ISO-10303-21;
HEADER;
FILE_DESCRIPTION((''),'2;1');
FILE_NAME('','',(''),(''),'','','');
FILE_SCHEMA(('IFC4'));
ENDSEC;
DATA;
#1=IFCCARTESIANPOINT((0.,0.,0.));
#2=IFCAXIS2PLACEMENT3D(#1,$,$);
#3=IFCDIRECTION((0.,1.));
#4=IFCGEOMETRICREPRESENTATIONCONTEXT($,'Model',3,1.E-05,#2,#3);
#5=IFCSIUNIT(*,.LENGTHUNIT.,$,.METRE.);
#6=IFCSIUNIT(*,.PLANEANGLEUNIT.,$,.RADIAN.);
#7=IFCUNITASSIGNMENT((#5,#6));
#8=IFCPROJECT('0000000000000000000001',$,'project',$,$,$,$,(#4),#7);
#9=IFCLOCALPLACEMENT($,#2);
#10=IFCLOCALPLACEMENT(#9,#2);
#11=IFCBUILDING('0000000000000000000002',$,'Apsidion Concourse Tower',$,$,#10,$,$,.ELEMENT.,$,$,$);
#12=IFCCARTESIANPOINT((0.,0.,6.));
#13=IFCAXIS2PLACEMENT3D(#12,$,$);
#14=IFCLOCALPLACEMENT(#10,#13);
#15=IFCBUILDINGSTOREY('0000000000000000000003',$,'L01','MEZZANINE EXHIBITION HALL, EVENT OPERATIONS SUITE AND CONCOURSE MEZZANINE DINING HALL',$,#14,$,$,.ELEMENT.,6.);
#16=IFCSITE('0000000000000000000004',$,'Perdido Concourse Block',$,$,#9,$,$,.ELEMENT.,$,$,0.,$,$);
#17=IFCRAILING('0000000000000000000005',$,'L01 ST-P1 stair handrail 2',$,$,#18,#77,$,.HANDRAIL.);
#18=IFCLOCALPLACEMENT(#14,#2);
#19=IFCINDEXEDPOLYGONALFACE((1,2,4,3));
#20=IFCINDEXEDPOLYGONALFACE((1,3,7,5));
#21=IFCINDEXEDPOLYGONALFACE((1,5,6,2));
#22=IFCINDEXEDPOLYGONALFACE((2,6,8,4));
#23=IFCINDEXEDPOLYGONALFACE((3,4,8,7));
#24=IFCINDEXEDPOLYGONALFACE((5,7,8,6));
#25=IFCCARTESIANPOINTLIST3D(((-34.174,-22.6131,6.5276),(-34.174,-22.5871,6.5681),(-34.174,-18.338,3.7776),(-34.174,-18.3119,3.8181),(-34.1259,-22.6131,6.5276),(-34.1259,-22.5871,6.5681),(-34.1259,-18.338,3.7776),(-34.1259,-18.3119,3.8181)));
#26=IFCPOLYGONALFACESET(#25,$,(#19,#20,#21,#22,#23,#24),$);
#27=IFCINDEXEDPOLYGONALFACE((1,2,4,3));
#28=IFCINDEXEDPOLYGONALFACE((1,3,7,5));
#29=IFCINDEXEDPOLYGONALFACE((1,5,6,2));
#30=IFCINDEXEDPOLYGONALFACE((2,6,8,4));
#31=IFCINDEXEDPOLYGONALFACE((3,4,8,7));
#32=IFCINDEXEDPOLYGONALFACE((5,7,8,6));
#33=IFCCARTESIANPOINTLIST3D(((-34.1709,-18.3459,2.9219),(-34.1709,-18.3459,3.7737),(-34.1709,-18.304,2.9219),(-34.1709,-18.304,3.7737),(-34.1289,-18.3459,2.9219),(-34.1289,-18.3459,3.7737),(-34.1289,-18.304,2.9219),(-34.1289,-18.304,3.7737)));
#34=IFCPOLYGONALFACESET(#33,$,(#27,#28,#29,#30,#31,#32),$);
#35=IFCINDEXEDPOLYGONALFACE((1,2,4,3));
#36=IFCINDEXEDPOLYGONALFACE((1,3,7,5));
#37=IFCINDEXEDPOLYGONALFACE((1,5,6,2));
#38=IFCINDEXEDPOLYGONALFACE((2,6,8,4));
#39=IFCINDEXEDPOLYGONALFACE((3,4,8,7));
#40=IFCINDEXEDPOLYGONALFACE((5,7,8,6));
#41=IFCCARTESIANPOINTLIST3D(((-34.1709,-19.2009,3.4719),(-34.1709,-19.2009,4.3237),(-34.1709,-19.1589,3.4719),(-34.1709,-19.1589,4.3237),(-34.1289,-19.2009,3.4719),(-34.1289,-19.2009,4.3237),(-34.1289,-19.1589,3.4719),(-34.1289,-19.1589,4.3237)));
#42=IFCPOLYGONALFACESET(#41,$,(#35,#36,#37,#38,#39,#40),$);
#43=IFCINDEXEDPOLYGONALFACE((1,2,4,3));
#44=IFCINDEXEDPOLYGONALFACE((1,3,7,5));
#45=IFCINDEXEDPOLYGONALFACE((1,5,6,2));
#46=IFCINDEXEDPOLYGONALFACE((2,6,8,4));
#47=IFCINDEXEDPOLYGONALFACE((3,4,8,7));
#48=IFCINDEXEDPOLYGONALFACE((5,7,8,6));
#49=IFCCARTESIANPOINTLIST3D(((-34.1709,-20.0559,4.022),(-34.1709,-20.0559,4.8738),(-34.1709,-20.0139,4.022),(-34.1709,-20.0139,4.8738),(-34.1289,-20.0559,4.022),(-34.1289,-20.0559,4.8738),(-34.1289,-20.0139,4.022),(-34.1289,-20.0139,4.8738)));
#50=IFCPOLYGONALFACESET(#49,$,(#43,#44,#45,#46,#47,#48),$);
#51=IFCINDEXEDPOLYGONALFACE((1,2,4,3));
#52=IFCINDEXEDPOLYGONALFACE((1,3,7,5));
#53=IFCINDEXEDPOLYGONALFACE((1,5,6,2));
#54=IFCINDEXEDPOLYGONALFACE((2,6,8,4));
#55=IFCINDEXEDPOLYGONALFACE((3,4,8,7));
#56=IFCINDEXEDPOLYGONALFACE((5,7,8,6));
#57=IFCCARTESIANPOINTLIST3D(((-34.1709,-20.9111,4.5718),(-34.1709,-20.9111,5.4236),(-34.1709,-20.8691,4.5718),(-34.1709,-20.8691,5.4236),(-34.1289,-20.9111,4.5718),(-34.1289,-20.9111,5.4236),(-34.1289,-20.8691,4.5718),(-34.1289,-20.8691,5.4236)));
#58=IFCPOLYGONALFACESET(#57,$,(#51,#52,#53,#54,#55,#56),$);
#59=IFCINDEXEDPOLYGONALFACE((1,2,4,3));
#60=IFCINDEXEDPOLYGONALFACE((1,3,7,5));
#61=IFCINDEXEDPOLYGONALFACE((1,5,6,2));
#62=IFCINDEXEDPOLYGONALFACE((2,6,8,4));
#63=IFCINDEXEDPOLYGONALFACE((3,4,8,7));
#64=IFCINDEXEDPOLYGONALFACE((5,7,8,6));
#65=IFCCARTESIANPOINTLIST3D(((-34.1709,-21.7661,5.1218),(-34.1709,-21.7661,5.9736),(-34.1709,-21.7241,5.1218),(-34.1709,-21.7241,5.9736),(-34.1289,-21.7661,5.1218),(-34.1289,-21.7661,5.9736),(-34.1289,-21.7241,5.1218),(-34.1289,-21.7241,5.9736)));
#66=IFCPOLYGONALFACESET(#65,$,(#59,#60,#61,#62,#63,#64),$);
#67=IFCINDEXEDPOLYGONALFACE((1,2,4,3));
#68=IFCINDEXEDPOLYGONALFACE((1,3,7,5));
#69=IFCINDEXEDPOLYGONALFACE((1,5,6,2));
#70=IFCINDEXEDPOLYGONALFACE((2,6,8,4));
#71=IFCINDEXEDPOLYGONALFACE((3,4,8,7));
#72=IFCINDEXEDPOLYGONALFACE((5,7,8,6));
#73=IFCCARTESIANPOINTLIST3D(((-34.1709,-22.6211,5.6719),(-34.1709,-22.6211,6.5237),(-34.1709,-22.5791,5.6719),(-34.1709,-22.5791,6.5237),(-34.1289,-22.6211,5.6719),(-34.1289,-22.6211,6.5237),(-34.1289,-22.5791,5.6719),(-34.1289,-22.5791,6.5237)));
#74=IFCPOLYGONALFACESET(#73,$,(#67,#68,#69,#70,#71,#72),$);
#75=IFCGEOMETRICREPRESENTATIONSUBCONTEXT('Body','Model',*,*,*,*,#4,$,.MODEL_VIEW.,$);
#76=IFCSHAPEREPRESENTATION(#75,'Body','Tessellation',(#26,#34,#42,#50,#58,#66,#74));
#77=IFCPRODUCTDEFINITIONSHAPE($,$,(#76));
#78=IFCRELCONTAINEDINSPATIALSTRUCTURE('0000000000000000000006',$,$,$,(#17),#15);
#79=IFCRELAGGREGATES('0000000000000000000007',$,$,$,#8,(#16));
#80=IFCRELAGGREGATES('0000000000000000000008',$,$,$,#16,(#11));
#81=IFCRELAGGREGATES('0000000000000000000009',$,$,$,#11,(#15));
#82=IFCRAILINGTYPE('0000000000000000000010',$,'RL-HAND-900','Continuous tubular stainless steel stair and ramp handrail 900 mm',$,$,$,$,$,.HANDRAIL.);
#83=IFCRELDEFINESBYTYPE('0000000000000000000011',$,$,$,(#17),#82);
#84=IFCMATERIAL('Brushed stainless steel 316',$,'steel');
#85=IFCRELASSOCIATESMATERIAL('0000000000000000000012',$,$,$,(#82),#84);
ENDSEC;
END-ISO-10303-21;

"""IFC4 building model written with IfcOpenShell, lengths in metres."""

from ifc_helpers import new_model, si_unit, direction, frame, origin, origin_2d, place, context, subcontext, project, spatial, rectangle, extrude, material, type_object, element, save


model = new_model("IFC4")

# Units and contexts
model_context = context("Model", 3, precision=1e-05, world=origin(), true_north=direction((0.0, 1.0)))
body_context = subcontext(model_context, "Body", "Model", "MODEL_VIEW")
ifc_project = project(units=[si_unit("LENGTHUNIT", "METRE"), si_unit("PLANEANGLEUNIT", "RADIAN")], contexts=[model_context])

# Site, building, storey
site_placement = place(None, origin())
site = spatial("IfcSite", under=ifc_project, at=site_placement, Name="Perdido Concourse Block", CompositionType="ELEMENT", RefElevation=0.0)
building_placement = place(site_placement, origin())
building = spatial("IfcBuilding", under=site, at=building_placement, Name="Apsidion Concourse Tower", CompositionType="ELEMENT")
storey_placement = place(building_placement, frame((0.0, 0.0, 6.0)))
storey = spatial("IfcBuildingStorey", under=building, at=storey_placement, Name="L01", Description="MEZZANINE EXHIBITION HALL, EVENT OPERATIONS SUITE AND CONCOURSE MEZZANINE DINING HALL", CompositionType="ELEMENT", Elevation=6.0)

# Shared definitions
ifc_material_1 = material(Name="Brushed stainless steel 316", Category="steel")

# Railing
railing_type_1 = type_object("IfcRailingType", Name="RL-HAND-900", Description="Continuous tubular stainless steel stair and ramp handrail 900 mm", PredefinedType="HANDRAIL", material=ifc_material_1)
railing_1_placement = place(storey_placement, frame((-34.1499, -18.325, 2.9219)))
element("IfcRailing", 1, at=railing_1_placement, inside=storey, type_object=railing_type_1, Name="L01 ST-P1 stair handrail 2", PredefinedType="HANDRAIL", context=body_context, shape_type="SweptSolid", body=[
    extrude(rectangle(XDim=0.0481, YDim=0.0481, at=origin_2d()), frame((0.0, 0.0, 0.876), z_axis=(0.0, -0.841027, 0.540993), x_axis=(1.0, 0.0, 0.0)), (0.0, 0.0, 1.0), 5.0833),
    extrude(rectangle(XDim=0.042, YDim=0.042, at=origin_2d()), origin(), (0.0, 0.0, 1.0), 0.8518),
    extrude(rectangle(XDim=0.042, YDim=0.042, at=origin_2d()), frame((0.0, -0.855, 0.55)), (0.0, 0.0, 1.0), 0.8518),
    extrude(rectangle(XDim=0.042, YDim=0.042, at=origin_2d()), frame((0.0, -1.71, 1.1001)), (0.0, 0.0, 1.0), 0.8518),
    extrude(rectangle(XDim=0.042, YDim=0.042, at=origin_2d()), frame((0.0, -2.5652, 1.6499)), (0.0, 0.0, 1.0), 0.8518),
    extrude(rectangle(XDim=0.042, YDim=0.042, at=origin_2d()), frame((0.0, -3.4202, 2.2)), (0.0, 0.0, 1.0), 0.8518),
    extrude(rectangle(XDim=0.042, YDim=0.042, at=origin_2d()), frame((0.0, -4.2751, 2.75)), (0.0, 0.0, 1.0), 0.8518),
])

save(model, "model.ifc")
